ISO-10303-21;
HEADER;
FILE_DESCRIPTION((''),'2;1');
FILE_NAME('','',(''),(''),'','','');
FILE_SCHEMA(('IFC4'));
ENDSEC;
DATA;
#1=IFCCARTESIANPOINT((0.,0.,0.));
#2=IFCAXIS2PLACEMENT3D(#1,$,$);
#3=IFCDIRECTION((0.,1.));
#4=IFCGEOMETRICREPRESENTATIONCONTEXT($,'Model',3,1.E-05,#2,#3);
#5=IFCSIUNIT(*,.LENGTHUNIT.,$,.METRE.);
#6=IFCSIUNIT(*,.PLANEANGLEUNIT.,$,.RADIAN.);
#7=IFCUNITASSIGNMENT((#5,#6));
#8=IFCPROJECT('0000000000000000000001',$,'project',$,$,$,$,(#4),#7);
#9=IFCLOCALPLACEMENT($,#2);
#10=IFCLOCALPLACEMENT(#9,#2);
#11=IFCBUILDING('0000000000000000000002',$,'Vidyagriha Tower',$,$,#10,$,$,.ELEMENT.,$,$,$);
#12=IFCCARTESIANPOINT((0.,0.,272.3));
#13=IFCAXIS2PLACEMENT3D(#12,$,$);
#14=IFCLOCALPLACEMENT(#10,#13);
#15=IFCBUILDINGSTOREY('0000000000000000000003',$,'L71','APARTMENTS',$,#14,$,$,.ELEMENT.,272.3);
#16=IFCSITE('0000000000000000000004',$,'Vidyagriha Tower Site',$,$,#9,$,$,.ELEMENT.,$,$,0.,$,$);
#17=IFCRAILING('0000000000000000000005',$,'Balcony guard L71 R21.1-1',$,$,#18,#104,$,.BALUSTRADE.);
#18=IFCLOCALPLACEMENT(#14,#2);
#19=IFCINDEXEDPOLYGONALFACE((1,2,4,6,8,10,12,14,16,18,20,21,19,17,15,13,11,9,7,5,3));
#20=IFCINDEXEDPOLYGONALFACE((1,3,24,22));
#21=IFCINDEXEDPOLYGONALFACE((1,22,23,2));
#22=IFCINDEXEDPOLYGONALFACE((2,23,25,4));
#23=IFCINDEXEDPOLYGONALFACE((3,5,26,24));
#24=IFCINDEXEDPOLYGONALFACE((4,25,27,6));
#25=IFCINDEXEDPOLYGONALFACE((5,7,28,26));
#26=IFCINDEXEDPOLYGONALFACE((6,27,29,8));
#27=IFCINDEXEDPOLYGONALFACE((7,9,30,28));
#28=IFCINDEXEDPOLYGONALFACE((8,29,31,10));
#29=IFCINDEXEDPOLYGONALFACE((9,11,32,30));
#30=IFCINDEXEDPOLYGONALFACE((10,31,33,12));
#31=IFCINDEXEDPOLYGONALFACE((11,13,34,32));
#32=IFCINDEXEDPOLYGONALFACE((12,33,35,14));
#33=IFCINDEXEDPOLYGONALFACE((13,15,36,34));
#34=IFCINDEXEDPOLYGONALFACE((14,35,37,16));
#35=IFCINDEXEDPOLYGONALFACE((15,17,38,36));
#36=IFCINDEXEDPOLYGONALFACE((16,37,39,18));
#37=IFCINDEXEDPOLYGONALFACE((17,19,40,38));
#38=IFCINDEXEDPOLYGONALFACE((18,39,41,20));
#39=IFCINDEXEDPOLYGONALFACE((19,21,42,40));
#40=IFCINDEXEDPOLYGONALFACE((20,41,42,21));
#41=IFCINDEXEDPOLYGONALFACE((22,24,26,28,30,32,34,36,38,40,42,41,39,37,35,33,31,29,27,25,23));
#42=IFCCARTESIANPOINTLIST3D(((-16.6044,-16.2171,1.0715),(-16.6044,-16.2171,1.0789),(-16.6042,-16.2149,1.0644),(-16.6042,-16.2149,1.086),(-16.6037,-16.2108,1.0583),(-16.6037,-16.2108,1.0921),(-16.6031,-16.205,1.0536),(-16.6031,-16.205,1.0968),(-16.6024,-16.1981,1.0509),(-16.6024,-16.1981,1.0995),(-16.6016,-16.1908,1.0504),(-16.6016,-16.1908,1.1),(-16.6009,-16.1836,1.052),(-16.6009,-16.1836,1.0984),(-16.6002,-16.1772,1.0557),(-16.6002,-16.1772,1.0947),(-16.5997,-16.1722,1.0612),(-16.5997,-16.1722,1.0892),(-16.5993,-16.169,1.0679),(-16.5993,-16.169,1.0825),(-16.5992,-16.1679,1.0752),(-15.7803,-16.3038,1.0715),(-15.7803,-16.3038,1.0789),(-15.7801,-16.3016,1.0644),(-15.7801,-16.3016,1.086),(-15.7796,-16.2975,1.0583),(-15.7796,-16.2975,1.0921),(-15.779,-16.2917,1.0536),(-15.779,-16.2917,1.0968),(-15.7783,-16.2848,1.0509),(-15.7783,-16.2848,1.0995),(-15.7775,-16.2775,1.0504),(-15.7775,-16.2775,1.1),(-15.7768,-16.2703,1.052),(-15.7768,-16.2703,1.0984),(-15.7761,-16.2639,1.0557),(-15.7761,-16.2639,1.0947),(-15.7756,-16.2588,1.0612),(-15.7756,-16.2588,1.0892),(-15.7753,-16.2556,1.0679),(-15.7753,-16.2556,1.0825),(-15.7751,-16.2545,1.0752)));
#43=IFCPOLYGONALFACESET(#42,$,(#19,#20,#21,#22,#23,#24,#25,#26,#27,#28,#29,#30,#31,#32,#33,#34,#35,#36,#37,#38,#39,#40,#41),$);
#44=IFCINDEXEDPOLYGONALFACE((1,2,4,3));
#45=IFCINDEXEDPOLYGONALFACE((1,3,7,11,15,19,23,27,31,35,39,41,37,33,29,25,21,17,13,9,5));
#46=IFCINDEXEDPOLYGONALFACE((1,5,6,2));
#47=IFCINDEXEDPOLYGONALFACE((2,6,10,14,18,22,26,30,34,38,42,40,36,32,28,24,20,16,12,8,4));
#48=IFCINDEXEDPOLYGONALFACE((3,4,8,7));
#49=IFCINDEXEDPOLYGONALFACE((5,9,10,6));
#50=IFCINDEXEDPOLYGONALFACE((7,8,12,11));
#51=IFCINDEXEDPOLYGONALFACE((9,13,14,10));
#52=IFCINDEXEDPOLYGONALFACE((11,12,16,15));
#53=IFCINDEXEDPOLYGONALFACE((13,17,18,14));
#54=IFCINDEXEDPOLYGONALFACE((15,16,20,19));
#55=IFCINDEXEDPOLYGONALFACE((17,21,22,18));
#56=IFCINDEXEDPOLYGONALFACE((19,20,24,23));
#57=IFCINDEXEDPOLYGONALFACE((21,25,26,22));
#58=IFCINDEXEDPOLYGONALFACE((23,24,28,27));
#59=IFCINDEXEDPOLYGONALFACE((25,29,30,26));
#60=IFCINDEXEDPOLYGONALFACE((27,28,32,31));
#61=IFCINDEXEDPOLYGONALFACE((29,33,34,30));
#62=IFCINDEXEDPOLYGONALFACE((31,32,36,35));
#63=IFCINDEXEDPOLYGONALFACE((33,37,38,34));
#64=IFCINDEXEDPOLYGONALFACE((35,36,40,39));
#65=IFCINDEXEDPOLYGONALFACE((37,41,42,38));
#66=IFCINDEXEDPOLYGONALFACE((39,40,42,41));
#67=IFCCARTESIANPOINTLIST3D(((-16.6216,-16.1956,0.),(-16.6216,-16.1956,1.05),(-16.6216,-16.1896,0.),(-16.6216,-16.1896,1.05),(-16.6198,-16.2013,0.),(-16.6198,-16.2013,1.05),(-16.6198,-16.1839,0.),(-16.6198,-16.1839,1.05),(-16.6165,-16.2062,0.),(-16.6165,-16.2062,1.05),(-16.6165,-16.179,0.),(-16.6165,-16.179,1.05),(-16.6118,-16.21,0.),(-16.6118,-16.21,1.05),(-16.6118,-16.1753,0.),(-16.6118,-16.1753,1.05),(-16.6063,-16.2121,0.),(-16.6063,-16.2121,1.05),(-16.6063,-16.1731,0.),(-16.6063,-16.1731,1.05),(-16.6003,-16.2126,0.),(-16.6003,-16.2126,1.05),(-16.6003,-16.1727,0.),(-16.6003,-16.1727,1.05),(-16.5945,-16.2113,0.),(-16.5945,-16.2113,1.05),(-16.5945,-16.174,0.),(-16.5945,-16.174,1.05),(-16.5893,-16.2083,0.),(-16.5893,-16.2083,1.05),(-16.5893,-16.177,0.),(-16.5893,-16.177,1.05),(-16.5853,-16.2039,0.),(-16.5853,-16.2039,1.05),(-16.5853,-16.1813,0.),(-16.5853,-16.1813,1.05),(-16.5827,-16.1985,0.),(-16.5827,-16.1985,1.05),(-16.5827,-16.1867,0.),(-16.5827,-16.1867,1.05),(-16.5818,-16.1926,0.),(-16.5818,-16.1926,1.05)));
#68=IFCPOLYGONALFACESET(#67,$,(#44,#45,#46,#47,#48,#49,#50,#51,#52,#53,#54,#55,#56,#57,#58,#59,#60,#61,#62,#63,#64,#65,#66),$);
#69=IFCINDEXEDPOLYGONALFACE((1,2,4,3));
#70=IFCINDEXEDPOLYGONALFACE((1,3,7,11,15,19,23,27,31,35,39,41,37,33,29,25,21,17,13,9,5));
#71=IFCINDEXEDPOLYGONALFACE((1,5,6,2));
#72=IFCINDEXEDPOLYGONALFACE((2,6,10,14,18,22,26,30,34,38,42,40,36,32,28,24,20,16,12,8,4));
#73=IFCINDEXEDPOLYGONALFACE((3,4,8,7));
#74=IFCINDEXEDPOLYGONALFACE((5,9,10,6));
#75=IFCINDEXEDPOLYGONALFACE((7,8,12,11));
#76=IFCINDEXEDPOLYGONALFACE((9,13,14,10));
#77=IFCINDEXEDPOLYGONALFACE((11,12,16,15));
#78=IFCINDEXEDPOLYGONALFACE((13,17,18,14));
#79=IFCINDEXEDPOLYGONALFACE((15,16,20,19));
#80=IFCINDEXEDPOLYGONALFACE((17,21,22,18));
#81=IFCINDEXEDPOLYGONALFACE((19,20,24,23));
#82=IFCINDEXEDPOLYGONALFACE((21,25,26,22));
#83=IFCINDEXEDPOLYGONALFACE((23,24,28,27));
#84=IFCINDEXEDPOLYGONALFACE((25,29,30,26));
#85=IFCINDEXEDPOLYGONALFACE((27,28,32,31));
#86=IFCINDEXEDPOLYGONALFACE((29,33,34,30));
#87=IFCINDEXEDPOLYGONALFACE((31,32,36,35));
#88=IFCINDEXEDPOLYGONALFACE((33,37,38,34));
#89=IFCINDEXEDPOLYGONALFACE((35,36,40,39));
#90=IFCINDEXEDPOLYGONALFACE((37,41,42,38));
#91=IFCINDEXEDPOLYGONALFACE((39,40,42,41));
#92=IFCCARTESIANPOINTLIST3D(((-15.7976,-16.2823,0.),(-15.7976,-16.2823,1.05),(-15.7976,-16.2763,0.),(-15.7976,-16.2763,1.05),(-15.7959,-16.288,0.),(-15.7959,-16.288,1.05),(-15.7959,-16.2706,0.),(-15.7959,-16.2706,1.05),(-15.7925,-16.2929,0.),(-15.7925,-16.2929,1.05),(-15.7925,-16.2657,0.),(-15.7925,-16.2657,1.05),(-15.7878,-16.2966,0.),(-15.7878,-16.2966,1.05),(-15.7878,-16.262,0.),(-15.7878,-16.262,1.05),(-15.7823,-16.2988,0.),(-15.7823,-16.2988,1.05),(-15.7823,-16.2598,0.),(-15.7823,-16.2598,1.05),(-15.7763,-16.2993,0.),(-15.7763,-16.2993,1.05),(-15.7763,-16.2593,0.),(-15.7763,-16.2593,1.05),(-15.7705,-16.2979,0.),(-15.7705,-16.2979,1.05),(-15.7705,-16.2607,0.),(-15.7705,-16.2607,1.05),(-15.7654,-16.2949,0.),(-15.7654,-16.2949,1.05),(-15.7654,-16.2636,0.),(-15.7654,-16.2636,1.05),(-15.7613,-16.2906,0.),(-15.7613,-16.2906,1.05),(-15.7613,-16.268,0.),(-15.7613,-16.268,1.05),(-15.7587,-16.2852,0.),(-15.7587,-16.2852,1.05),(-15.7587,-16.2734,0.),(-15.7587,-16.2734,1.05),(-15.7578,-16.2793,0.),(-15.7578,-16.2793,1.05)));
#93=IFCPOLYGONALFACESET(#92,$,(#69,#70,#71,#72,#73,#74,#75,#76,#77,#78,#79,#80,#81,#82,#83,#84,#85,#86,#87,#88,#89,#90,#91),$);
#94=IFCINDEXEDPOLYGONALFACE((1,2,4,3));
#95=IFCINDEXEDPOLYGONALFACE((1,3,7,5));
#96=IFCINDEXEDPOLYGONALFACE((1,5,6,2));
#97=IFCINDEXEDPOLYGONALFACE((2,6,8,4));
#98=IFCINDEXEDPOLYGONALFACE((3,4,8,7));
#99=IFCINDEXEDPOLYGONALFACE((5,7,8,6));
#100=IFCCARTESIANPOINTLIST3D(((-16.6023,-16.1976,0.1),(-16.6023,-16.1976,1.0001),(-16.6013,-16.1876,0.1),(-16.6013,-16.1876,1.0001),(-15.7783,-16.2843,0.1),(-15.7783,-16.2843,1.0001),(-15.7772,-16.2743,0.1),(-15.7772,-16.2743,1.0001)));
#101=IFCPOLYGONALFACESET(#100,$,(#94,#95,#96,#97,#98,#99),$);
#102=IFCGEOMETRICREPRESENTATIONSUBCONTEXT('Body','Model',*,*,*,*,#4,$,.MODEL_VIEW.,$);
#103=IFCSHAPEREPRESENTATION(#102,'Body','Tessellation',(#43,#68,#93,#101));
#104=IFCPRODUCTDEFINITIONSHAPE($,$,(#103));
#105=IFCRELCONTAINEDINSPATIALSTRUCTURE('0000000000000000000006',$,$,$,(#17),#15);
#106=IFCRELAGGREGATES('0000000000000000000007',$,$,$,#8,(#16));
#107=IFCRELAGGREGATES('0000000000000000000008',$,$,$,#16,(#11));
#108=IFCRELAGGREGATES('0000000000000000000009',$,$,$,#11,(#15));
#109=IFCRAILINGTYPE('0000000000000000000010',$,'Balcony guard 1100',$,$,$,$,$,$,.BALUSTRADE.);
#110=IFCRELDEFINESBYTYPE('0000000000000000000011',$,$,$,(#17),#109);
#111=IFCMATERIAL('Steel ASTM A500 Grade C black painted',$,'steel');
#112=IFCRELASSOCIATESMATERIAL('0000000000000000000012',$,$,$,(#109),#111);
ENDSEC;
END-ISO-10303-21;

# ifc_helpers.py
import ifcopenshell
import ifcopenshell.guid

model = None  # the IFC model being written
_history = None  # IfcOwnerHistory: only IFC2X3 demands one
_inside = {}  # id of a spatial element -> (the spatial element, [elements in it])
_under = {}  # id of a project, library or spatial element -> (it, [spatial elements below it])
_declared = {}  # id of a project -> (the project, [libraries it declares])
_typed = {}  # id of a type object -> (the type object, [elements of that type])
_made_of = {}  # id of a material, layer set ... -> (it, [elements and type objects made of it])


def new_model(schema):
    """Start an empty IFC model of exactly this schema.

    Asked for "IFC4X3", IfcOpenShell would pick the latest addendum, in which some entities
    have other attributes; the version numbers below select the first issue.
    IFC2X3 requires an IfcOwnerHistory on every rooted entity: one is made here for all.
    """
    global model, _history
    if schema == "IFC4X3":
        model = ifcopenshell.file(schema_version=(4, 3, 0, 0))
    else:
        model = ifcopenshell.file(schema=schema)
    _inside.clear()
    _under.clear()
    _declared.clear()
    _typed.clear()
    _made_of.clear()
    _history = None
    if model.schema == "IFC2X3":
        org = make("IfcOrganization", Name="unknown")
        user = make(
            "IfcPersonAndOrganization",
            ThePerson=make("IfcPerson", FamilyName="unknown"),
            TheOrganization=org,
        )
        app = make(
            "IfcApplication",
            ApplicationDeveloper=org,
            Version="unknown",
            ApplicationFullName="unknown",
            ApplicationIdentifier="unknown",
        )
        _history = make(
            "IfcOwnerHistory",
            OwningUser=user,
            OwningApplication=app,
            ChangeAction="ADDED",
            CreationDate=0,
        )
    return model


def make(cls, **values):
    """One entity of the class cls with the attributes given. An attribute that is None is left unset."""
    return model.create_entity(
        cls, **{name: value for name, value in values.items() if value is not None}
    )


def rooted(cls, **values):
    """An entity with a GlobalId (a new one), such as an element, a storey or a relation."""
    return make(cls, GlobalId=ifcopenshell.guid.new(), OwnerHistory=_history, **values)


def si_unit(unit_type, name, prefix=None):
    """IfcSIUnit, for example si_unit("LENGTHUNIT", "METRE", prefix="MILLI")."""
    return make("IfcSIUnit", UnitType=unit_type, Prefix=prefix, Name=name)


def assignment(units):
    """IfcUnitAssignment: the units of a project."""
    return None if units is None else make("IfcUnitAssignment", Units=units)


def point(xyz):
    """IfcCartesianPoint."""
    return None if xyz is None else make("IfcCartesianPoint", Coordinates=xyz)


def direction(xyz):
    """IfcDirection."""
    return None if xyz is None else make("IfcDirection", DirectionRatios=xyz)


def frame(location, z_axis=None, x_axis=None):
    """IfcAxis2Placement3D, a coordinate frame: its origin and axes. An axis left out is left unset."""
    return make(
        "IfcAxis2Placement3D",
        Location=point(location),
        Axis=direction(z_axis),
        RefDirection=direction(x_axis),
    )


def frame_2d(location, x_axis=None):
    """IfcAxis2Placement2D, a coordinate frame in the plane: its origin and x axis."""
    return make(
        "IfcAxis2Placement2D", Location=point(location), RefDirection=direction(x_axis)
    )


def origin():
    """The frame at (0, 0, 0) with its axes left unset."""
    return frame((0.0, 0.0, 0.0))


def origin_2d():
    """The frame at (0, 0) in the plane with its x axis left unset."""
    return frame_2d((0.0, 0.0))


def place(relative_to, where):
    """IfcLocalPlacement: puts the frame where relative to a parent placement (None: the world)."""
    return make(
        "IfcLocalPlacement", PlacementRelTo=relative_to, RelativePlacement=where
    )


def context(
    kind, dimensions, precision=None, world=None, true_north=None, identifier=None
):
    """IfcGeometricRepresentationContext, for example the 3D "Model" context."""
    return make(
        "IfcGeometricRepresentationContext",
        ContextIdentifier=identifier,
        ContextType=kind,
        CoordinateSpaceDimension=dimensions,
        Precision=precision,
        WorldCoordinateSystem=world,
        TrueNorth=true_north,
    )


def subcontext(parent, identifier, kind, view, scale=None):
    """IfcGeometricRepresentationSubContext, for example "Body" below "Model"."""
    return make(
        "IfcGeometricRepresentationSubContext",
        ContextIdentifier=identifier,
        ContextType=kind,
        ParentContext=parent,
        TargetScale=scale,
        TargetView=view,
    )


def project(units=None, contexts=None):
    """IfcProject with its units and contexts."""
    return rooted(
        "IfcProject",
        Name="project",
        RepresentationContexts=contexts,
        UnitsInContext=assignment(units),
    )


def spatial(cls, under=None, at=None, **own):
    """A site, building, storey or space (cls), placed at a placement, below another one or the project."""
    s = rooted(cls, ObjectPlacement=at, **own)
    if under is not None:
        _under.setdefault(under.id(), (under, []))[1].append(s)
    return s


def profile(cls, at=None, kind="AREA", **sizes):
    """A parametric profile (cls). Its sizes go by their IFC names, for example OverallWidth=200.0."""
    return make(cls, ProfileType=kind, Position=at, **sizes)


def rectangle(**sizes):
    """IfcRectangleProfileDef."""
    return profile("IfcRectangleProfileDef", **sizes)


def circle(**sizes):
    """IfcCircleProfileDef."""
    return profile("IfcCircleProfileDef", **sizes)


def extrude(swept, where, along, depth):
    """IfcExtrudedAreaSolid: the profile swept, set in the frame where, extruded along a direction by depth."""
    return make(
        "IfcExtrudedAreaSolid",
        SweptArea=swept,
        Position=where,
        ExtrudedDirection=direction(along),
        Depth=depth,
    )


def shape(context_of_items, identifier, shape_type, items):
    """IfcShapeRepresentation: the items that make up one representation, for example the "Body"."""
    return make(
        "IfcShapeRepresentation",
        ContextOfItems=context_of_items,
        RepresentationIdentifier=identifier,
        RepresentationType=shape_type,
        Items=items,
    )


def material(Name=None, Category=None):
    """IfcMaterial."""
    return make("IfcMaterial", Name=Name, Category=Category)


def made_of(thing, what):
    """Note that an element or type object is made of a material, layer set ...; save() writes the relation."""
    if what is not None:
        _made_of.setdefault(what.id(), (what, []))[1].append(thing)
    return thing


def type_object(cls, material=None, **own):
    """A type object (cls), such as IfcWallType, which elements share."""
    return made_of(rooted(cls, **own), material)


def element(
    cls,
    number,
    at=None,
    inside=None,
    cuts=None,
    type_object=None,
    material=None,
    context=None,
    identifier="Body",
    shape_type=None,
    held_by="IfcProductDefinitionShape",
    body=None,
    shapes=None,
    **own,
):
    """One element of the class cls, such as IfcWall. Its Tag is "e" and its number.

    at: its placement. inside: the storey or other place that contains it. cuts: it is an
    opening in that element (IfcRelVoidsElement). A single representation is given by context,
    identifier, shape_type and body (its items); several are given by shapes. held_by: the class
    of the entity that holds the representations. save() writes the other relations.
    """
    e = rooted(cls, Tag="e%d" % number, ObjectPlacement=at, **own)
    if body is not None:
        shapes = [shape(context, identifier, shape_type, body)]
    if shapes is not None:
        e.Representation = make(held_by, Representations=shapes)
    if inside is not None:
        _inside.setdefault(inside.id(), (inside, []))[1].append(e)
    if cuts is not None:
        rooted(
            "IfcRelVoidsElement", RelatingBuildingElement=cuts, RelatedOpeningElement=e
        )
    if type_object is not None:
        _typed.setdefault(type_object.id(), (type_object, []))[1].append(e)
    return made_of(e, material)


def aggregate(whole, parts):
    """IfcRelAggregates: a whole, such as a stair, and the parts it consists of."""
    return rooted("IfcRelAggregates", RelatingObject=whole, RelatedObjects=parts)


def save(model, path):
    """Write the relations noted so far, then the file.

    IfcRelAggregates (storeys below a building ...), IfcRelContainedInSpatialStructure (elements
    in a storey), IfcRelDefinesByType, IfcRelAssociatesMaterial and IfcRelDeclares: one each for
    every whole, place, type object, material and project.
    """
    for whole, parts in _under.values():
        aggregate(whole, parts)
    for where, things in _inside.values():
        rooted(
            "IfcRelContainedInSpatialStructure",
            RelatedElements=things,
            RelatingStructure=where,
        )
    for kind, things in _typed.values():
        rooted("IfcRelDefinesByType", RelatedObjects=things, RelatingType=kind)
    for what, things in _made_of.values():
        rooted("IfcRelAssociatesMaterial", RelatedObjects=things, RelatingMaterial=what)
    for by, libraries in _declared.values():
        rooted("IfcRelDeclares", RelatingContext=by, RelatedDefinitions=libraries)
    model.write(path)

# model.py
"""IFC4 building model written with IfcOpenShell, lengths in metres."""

from ifc_helpers import new_model, si_unit, direction, frame, origin, origin_2d, place, context, subcontext, project, spatial, rectangle, circle, extrude, material, type_object, element, save


model = new_model("IFC4")

# Units and contexts
model_context = context("Model", 3, precision=1e-05, world=origin(), true_north=direction((0.0, 1.0)))
body_context = subcontext(model_context, "Body", "Model", "MODEL_VIEW")
ifc_project = project(units=[si_unit("LENGTHUNIT", "METRE"), si_unit("PLANEANGLEUNIT", "RADIAN")], contexts=[model_context])

# Site, building, storey
site_placement = place(None, origin())
site = spatial("IfcSite", under=ifc_project, at=site_placement, Name="Vidyagriha Tower Site", CompositionType="ELEMENT", RefElevation=0.0)
building_placement = place(site_placement, origin())
building = spatial("IfcBuilding", under=site, at=building_placement, Name="Vidyagriha Tower", CompositionType="ELEMENT")
storey_placement = place(building_placement, frame((0.0, 0.0, 272.3)))
storey = spatial("IfcBuildingStorey", under=building, at=storey_placement, Name="L71", Description="APARTMENTS", CompositionType="ELEMENT", Elevation=272.3)

# Railing
ifc_material_1 = material(Name="Steel ASTM A500 Grade C black painted", Category="steel")
railing_type_1 = type_object("IfcRailingType", Name="Balcony guard 1100", PredefinedType="BALUSTRADE", material=ifc_material_1)
railing_1_placement = place(storey_placement, frame((-16.6018, -16.1926, 0.0)))
element("IfcRailing", 1, at=railing_1_placement, inside=storey, type_object=railing_type_1, Name="Balcony guard L71 R21.1-1", PredefinedType="BALUSTRADE", context=body_context, shape_type="SweptSolid", body=[
    extrude(circle(Radius=0.0249, at=origin_2d()), frame((0.0, 0.0, 1.0752), z_axis=(0.994514, -0.104608, 0.0), x_axis=(0.104608, 0.994514, 0.0)), (0.0, 0.0, 1.0), 0.8286),
    extrude(circle(Radius=0.02, at=origin_2d()), origin(), (0.0, 0.0, 1.0), 1.05),
    extrude(circle(Radius=0.02, at=origin_2d()), frame((0.824, -0.0867, 0.0)), (0.0, 0.0, 1.0), 1.05),
    extrude(rectangle(XDim=0.01, YDim=0.9001, at=origin_2d()), frame((0.0, 0.0, 0.55), z_axis=(0.994514, -0.104608, 0.0), x_axis=(0.104608, 0.994514, 0.0)), (0.0, 0.0, 1.0), 0.8286),
])

save(model, "model.ifc")
